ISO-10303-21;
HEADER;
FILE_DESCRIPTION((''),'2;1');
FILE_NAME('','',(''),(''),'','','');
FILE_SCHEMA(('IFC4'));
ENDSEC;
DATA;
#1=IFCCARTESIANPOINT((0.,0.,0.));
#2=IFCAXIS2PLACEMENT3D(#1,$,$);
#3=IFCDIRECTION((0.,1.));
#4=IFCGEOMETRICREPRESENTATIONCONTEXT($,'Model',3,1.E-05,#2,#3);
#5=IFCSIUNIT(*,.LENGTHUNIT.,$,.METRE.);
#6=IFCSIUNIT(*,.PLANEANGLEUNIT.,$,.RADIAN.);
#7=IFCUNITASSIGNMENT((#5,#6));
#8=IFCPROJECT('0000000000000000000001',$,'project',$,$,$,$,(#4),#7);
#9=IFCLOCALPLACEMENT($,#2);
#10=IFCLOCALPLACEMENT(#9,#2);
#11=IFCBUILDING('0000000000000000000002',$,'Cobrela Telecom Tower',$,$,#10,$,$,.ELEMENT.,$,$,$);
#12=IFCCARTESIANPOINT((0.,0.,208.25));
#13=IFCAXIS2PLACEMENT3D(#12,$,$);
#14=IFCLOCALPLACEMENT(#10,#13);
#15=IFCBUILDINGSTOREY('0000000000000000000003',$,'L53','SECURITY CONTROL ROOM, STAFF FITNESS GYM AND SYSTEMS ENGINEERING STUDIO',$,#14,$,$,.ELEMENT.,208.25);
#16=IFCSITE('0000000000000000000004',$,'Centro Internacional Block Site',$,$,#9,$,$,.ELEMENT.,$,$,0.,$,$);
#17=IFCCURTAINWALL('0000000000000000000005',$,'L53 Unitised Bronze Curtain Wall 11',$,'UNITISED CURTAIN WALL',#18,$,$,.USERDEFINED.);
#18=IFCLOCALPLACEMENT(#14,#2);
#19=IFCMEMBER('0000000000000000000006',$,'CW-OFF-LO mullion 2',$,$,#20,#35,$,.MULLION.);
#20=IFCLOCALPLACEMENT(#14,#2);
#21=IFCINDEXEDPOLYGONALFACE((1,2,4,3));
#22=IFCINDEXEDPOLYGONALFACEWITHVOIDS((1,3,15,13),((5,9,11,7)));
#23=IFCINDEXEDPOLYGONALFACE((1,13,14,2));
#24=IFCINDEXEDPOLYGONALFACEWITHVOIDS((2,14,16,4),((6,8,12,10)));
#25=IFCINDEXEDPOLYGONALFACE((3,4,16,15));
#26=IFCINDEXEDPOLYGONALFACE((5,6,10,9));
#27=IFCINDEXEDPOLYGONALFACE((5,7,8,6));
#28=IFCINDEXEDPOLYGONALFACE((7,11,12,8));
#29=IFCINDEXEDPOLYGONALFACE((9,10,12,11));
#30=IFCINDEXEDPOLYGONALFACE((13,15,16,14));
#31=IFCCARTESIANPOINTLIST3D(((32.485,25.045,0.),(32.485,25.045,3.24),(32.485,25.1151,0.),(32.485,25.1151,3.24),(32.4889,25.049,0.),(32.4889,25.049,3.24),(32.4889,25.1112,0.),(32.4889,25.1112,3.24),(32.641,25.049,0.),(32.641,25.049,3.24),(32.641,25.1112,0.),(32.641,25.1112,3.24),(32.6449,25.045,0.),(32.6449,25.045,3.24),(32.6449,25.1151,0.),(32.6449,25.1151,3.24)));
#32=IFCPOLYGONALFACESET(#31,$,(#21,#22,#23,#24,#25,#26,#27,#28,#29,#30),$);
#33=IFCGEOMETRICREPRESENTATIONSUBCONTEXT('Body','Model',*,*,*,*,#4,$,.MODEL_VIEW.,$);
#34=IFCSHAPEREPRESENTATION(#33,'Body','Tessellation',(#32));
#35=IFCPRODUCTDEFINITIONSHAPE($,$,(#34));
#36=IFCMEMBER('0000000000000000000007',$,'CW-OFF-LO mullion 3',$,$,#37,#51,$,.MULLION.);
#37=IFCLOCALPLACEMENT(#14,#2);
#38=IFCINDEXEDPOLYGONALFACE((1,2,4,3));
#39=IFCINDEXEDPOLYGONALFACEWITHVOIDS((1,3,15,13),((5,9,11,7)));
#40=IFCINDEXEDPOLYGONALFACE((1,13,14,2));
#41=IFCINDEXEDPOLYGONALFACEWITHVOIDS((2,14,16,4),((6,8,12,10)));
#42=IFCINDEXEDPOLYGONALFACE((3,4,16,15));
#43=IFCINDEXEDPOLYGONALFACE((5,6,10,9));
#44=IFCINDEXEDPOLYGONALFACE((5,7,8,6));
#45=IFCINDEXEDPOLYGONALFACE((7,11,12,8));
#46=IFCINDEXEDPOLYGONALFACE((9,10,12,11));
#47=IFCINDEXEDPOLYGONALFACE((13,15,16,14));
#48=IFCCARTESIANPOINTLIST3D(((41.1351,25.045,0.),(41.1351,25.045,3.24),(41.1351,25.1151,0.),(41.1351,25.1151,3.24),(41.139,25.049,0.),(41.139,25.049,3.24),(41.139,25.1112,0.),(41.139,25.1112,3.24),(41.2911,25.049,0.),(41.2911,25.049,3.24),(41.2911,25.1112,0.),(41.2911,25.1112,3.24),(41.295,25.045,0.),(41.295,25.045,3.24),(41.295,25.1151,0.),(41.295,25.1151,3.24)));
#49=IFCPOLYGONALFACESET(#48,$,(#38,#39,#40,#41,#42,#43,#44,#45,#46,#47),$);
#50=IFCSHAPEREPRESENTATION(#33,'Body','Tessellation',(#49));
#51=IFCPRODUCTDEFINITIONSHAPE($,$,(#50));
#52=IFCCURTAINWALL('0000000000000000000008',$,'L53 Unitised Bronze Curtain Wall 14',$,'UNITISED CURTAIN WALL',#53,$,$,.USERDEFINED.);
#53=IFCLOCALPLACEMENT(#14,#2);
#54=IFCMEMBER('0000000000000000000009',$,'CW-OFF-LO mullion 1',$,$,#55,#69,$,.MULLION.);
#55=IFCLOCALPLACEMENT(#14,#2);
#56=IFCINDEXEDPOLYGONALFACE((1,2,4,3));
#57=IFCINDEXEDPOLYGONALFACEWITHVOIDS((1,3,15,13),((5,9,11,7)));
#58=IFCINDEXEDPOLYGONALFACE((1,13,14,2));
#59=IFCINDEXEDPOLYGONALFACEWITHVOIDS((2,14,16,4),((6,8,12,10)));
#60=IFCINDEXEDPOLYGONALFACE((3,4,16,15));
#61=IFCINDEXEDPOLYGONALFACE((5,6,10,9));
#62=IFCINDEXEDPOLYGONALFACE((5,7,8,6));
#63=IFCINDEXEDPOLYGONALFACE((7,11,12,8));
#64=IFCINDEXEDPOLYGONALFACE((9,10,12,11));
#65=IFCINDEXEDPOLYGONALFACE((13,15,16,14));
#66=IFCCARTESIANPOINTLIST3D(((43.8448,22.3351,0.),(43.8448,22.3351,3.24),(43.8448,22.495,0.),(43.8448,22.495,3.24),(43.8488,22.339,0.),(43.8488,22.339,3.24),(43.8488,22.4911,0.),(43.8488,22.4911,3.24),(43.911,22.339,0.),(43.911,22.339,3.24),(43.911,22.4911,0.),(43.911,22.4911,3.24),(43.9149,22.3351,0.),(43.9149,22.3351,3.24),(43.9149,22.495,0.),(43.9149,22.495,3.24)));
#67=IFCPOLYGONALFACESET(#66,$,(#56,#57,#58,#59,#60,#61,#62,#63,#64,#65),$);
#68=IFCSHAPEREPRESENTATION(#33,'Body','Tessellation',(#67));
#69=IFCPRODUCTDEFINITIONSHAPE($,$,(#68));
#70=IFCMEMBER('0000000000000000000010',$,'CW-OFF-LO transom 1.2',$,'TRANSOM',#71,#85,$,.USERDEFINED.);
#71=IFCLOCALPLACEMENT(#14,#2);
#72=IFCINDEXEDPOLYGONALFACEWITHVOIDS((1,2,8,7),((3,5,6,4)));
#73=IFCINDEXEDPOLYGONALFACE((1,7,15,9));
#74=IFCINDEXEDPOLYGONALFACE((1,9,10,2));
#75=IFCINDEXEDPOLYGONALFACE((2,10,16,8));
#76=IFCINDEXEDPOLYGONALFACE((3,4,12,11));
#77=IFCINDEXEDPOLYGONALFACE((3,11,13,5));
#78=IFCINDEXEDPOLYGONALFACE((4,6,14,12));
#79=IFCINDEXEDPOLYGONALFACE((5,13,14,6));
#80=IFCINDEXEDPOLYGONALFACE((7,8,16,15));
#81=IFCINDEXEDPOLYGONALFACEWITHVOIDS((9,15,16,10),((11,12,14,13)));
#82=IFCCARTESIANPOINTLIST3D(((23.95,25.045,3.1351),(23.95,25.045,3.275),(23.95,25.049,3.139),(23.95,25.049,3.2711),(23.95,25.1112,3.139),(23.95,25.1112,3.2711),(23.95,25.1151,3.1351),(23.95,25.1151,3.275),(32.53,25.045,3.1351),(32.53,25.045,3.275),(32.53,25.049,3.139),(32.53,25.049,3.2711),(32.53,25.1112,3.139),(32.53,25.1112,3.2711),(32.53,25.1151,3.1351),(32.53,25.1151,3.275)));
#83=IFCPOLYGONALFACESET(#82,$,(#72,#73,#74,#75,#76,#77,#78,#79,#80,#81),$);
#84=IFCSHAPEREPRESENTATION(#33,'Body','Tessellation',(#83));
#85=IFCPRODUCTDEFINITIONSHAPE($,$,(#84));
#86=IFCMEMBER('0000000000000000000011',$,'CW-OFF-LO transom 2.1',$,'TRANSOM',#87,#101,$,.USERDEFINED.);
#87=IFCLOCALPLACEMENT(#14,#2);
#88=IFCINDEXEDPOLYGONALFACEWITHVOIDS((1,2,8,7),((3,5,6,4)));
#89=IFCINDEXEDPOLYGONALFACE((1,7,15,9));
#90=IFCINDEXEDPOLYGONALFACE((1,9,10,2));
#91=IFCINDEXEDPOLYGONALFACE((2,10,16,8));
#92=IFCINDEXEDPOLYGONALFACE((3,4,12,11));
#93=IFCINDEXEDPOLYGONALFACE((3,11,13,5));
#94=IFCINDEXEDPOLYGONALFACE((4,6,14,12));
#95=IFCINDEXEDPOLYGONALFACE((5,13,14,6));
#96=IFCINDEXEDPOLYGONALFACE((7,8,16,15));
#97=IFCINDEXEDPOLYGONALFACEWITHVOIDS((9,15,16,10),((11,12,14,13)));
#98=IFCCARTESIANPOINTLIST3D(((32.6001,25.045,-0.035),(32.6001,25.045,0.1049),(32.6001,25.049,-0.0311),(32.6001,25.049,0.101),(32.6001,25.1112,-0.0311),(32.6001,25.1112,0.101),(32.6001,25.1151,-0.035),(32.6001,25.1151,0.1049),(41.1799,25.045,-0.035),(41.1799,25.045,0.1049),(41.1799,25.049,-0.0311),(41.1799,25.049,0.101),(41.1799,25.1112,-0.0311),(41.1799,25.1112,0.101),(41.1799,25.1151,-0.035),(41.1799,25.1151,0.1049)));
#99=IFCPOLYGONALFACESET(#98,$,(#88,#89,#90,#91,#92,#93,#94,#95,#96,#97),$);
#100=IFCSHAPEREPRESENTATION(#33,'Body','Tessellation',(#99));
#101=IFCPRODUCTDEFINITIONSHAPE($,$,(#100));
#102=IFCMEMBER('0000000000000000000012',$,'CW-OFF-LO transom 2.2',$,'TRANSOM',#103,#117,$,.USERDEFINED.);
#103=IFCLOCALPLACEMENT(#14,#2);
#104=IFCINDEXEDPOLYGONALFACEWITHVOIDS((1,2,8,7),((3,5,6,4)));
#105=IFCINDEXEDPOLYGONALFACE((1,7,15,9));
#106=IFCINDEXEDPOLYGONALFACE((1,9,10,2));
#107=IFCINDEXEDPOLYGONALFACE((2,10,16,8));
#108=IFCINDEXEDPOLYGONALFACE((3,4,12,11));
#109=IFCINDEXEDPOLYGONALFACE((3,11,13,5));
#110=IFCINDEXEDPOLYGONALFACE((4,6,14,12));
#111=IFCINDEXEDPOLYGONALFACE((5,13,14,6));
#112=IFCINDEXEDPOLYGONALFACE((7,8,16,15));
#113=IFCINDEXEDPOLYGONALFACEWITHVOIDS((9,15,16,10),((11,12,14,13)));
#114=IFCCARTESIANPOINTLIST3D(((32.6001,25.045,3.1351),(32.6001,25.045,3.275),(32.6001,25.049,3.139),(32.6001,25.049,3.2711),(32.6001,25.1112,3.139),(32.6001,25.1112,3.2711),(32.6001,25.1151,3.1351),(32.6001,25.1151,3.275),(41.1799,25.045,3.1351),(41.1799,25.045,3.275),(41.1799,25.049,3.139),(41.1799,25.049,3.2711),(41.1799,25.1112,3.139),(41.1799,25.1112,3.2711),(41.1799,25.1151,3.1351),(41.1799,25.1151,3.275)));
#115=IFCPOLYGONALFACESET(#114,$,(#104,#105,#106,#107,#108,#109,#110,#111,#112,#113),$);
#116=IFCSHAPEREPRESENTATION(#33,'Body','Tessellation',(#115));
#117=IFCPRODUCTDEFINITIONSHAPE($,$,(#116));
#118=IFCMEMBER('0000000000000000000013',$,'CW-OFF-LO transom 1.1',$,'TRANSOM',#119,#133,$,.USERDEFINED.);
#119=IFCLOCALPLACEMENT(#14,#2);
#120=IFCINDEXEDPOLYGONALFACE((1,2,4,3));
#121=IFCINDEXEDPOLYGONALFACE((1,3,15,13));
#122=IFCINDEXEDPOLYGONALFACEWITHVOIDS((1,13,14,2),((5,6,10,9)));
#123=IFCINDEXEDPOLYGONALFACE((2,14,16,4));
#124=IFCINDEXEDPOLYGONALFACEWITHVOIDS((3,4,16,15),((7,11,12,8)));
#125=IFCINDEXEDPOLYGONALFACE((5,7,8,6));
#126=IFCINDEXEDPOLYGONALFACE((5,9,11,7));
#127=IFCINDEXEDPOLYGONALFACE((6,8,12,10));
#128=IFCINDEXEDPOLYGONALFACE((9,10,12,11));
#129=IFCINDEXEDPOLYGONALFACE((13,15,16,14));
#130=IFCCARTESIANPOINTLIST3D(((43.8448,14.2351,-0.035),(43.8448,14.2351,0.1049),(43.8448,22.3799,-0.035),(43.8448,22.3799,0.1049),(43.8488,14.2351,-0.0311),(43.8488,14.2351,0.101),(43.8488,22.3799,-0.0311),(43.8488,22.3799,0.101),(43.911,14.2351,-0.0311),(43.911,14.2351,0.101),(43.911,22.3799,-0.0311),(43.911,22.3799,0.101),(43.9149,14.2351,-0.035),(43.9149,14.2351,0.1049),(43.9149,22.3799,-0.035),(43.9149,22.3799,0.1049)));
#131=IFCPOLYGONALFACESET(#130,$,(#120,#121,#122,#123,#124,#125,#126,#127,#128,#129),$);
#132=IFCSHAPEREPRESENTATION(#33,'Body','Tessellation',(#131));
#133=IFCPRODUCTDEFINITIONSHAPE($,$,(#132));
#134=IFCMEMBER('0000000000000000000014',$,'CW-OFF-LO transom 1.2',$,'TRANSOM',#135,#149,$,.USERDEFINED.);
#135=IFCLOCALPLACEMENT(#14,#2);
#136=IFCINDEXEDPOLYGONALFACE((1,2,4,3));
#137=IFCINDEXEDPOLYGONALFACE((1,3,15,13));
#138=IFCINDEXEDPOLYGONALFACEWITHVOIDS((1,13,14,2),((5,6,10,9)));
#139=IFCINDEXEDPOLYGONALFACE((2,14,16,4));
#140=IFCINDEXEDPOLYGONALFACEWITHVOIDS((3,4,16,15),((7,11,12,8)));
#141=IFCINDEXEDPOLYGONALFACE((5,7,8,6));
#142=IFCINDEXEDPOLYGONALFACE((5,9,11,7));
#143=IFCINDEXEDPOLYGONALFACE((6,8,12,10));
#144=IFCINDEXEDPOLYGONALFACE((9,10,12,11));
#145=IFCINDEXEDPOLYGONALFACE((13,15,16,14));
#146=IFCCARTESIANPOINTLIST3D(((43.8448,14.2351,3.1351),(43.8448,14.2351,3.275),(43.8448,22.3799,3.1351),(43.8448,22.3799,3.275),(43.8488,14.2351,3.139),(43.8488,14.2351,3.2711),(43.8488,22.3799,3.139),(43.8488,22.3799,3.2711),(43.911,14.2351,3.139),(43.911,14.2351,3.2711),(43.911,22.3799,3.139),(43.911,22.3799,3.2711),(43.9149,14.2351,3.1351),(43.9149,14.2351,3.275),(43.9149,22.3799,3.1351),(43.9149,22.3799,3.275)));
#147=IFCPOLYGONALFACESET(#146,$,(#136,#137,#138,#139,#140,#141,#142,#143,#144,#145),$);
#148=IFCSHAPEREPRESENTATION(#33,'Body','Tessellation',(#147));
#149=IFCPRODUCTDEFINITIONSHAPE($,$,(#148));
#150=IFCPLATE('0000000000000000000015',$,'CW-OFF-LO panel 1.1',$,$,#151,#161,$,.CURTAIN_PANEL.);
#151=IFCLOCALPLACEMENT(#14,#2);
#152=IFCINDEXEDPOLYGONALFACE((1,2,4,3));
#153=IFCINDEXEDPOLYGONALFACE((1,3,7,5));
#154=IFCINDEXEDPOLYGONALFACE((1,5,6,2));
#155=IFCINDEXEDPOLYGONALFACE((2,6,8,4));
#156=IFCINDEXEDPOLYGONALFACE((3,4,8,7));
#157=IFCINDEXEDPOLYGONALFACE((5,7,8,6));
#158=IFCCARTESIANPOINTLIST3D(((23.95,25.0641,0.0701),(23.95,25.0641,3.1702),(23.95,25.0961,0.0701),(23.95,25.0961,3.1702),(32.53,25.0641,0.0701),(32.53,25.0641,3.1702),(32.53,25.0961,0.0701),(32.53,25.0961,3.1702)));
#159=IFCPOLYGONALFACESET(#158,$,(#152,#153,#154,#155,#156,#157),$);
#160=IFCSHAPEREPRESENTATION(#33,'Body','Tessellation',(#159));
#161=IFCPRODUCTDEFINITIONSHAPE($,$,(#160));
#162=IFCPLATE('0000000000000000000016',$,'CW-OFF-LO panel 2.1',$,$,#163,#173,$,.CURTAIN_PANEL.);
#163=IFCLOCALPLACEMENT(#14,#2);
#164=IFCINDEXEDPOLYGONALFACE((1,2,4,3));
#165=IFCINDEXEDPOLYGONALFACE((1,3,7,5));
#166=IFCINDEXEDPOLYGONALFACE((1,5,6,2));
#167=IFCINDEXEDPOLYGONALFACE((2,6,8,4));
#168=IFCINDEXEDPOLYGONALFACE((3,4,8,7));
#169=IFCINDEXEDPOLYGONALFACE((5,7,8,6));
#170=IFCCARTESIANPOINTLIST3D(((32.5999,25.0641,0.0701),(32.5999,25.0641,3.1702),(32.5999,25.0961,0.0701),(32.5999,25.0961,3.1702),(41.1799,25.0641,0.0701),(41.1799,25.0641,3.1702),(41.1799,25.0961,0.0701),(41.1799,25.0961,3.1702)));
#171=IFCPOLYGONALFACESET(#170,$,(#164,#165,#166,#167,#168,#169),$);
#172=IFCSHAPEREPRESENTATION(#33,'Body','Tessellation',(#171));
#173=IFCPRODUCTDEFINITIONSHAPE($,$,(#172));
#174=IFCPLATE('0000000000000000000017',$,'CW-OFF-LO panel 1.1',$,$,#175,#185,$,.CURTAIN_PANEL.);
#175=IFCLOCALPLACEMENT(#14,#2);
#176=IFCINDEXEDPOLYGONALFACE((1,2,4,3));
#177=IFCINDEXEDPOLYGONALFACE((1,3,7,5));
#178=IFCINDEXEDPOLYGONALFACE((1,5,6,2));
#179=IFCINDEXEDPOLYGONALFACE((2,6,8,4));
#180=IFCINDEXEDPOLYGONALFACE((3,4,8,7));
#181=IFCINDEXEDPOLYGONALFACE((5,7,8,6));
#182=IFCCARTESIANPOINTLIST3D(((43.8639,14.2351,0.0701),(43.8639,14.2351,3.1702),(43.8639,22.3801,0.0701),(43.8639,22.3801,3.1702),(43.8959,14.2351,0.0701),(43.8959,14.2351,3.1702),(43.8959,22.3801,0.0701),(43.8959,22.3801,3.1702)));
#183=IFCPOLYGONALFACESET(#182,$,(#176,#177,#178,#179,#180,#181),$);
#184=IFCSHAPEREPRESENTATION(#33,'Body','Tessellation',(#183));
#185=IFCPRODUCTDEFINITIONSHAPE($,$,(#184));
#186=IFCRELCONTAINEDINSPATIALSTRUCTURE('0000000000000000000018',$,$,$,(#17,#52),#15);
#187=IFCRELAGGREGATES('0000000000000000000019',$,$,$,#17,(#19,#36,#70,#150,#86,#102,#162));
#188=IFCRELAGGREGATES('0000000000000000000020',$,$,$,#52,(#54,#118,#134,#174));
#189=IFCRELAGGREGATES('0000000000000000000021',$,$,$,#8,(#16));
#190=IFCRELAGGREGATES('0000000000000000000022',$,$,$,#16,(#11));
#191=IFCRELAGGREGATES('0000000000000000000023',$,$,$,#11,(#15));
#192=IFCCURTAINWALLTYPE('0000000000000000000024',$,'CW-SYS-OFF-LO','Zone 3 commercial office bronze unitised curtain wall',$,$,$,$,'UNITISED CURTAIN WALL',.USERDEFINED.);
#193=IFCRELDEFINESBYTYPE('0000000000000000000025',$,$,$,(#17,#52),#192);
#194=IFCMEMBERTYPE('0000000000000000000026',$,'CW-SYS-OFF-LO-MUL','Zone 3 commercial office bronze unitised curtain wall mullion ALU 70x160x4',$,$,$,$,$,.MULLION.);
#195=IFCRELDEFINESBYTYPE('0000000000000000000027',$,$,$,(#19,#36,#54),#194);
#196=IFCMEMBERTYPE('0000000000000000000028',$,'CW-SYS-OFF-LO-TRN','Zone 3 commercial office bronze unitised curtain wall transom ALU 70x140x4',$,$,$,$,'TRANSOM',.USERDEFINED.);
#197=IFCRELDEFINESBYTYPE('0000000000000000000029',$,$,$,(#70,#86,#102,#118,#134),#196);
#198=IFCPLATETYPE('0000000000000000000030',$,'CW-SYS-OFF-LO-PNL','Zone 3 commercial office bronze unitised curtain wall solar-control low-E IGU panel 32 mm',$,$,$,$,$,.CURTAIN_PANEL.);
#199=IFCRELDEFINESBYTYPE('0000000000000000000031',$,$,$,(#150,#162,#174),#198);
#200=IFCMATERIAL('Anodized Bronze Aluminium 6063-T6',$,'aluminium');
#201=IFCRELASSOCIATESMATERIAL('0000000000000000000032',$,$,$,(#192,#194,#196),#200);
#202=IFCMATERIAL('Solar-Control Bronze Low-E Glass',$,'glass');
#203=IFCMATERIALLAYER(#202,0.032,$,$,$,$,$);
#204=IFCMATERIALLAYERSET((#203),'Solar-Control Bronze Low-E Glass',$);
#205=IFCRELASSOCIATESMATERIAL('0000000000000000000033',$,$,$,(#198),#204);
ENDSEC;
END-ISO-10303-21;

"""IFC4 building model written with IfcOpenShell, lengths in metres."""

from ifc_helpers import new_model, si_unit, direction, frame, origin, origin_2d, place, context, subcontext, project, spatial, rectangle, hollow_rectangle, extrude, material, layer, layer_set, material_profile, profile_set, type_object, element, aggregate, save


model = new_model("IFC4")

# Units and contexts
model_context = context("Model", 3, precision=1e-05, world=origin(), true_north=direction((0.0, 1.0)))
body_context = subcontext(model_context, "Body", "Model", "MODEL_VIEW")
ifc_project = project(units=[si_unit("LENGTHUNIT", "METRE"), si_unit("PLANEANGLEUNIT", "RADIAN")], contexts=[model_context])

# Site, building, storey
site_placement = place(None, origin())
site = spatial("IfcSite", under=ifc_project, at=site_placement, Name="Centro Internacional Block Site", CompositionType="ELEMENT", RefElevation=0.0)
building_placement = place(site_placement, origin())
building = spatial("IfcBuilding", under=site, at=building_placement, Name="Cobrela Telecom Tower", CompositionType="ELEMENT")
storey_placement = place(building_placement, frame((0.0, 0.0, 208.25)))
storey = spatial("IfcBuildingStorey", under=building, at=storey_placement, Name="L53", Description="SECURITY CONTROL ROOM, STAFF FITNESS GYM AND SYSTEMS ENGINEERING STUDIO", CompositionType="ELEMENT", Elevation=208.25)

# Curtain wall, members
ifc_material_1 = material(Name="Anodized Bronze Aluminium 6063-T6", Category="aluminium")
curtain_wall_type = type_object("IfcCurtainWallType", Name="CW-SYS-OFF-LO", Description="Zone 3 commercial office bronze unitised curtain wall", ElementType="UNITISED CURTAIN WALL", PredefinedType="USERDEFINED", material=ifc_material_1)
curtain_wall_1_placement = place(storey_placement, origin())
curtain_wall_1 = element("IfcCurtainWall", 1, at=curtain_wall_1_placement, inside=storey, type_object=curtain_wall_type, Name="L53 Unitised Bronze Curtain Wall 11", ObjectType="UNITISED CURTAIN WALL", PredefinedType="USERDEFINED")
ifc_material_profile_1 = material_profile(ifc_material_1, hollow_rectangle(XDim=0.0701, YDim=0.1599, WallThickness=0.0039, at=origin_2d()), Name="ALU 70x160x4")
ifc_profile_set_1 = profile_set([ifc_material_profile_1], Name="Anodized Bronze Aluminium 6063-T6")
member_type_1 = type_object("IfcMemberType", Name="CW-SYS-OFF-LO-MUL", Description="Zone 3 commercial office bronze unitised curtain wall mullion ALU 70x160x4", PredefinedType="MULLION", material=ifc_profile_set_1)
member_1_placement = place(storey_placement, frame((32.5649, 25.0801, 0.0), z_axis=(0.0, 0.0, 1.0), x_axis=(0.0, 1.0, 0.0)))
member_1 = element("IfcMember", 2, at=member_1_placement, type_object=member_type_1, Name="CW-OFF-LO mullion 2", PredefinedType="MULLION", context=body_context, shape_type="SweptSolid", body=[
    extrude(hollow_rectangle(XDim=0.0701, YDim=0.1599, WallThickness=0.0039, at=origin_2d()), origin(), (0.0, 0.0, 1.0), 3.24),
])
member_2_placement = place(storey_placement, frame((41.2151, 25.0801, 0.0), z_axis=(0.0, 0.0, 1.0), x_axis=(0.0, 1.0, 0.0)))
member_2 = element("IfcMember", 3, at=member_2_placement, type_object=member_type_1, Name="CW-OFF-LO mullion 3", PredefinedType="MULLION", context=body_context, shape_type="SweptSolid", body=[
    extrude(hollow_rectangle(XDim=0.0701, YDim=0.1599, WallThickness=0.0039, at=origin_2d()), origin(), (0.0, 0.0, 1.0), 3.24),
])

# Curtain wall, member
curtain_wall_2_placement = place(storey_placement, origin())
curtain_wall_2 = element("IfcCurtainWall", 4, at=curtain_wall_2_placement, inside=storey, type_object=curtain_wall_type, Name="L53 Unitised Bronze Curtain Wall 14", ObjectType="UNITISED CURTAIN WALL", PredefinedType="USERDEFINED")
member_3_placement = place(storey_placement, frame((43.8799, 22.415, 0.0), z_axis=(0.0, 0.0, 1.0), x_axis=(1.0, 0.0, 0.0)))
member_3 = element("IfcMember", 5, at=member_3_placement, type_object=member_type_1, Name="CW-OFF-LO mullion 1", PredefinedType="MULLION", context=body_context, shape_type="SweptSolid", body=[
    extrude(hollow_rectangle(XDim=0.0701, YDim=0.1599, WallThickness=0.0039, at=origin_2d()), origin(), (0.0, 0.0, 1.0), 3.24),
])

# Members
ifc_material_profile_2 = material_profile(ifc_material_1, hollow_rectangle(XDim=0.0701, YDim=0.1399, WallThickness=0.0039, at=origin_2d()), Name="ALU 70x140x4")
ifc_profile_set_2 = profile_set([ifc_material_profile_2], Name="Anodized Bronze Aluminium 6063-T6")
member_type_2 = type_object("IfcMemberType", Name="CW-SYS-OFF-LO-TRN", Description="Zone 3 commercial office bronze unitised curtain wall transom ALU 70x140x4", ElementType="TRANSOM", PredefinedType="USERDEFINED", material=ifc_profile_set_2)
member_4_placement = place(storey_placement, frame((23.95, 25.0801, 3.2051), z_axis=(1.0, 0.0, 0.0), x_axis=(0.0, 1.0, 0.0)))
member_4 = element("IfcMember", 6, at=member_4_placement, type_object=member_type_2, Name="CW-OFF-LO transom 1.2", ObjectType="TRANSOM", PredefinedType="USERDEFINED", context=body_context, shape_type="SweptSolid", body=[
    extrude(hollow_rectangle(XDim=0.0701, YDim=0.1399, WallThickness=0.0039, at=origin_2d()), origin(), (0.0, 0.0, 1.0), 8.5801),
])
member_5_placement = place(storey_placement, frame((32.6001, 25.0801, 0.0349), z_axis=(1.0, 0.0, 0.0), x_axis=(0.0, 1.0, 0.0)))
member_5 = element("IfcMember", 7, at=member_5_placement, type_object=member_type_2, Name="CW-OFF-LO transom 2.1", ObjectType="TRANSOM", PredefinedType="USERDEFINED", context=body_context, shape_type="SweptSolid", body=[
    extrude(hollow_rectangle(XDim=0.0701, YDim=0.1399, WallThickness=0.0039, at=origin_2d()), origin(), (0.0, 0.0, 1.0), 8.5798),
])
member_6_placement = place(storey_placement, frame((32.6001, 25.0801, 3.2051), z_axis=(1.0, 0.0, 0.0), x_axis=(0.0, 1.0, 0.0)))
member_6 = element("IfcMember", 8, at=member_6_placement, type_object=member_type_2, Name="CW-OFF-LO transom 2.2", ObjectType="TRANSOM", PredefinedType="USERDEFINED", context=body_context, shape_type="SweptSolid", body=[
    extrude(hollow_rectangle(XDim=0.0701, YDim=0.1399, WallThickness=0.0039, at=origin_2d()), origin(), (0.0, 0.0, 1.0), 8.5798),
])
member_7_placement = place(storey_placement, frame((43.8799, 22.3799, 0.0349), z_axis=(0.0, -1.0, 0.0), x_axis=(1.0, 0.0, 0.0)))
member_7 = element("IfcMember", 9, at=member_7_placement, type_object=member_type_2, Name="CW-OFF-LO transom 1.1", ObjectType="TRANSOM", PredefinedType="USERDEFINED", context=body_context, shape_type="SweptSolid", body=[
    extrude(hollow_rectangle(XDim=0.0701, YDim=0.1399, WallThickness=0.0039, at=origin_2d()), origin(), (0.0, 0.0, 1.0), 8.1448),
])
member_8_placement = place(storey_placement, frame((43.8799, 22.3799, 3.2051), z_axis=(0.0, -1.0, 0.0), x_axis=(1.0, 0.0, 0.0)))
member_8 = element("IfcMember", 10, at=member_8_placement, type_object=member_type_2, Name="CW-OFF-LO transom 1.2", ObjectType="TRANSOM", PredefinedType="USERDEFINED", context=body_context, shape_type="SweptSolid", body=[
    extrude(hollow_rectangle(XDim=0.0701, YDim=0.1399, WallThickness=0.0039, at=origin_2d()), origin(), (0.0, 0.0, 1.0), 8.1448),
])

# Plates
ifc_material_2 = material(Name="Solar-Control Bronze Low-E Glass", Category="glass")
ifc_layer_1 = layer(ifc_material_2, 0.032)
ifc_layer_set_1 = layer_set([ifc_layer_1], Name="Solar-Control Bronze Low-E Glass")
plate_type = type_object("IfcPlateType", Name="CW-SYS-OFF-LO-PNL", Description="Zone 3 commercial office bronze unitised curtain wall solar-control low-E IGU panel 32 mm", PredefinedType="CURTAIN_PANEL", material=ifc_layer_set_1)
plate_1_placement = place(storey_placement, frame((28.24, 25.0801, 0.0701), z_axis=(0.0, 0.0, 1.0), x_axis=(1.0, 0.0, 0.0)))
plate_1 = element("IfcPlate", 11, at=plate_1_placement, type_object=plate_type, Name="CW-OFF-LO panel 1.1", PredefinedType="CURTAIN_PANEL", context=body_context, shape_type="SweptSolid", body=[
    extrude(rectangle(XDim=8.5801, YDim=0.032, at=origin_2d()), origin(), (0.0, 0.0, 1.0), 3.1001),
])
plate_2_placement = place(storey_placement, frame((36.8899, 25.0801, 0.0701), z_axis=(0.0, 0.0, 1.0), x_axis=(1.0, 0.0, 0.0)))
plate_2 = element("IfcPlate", 12, at=plate_2_placement, type_object=plate_type, Name="CW-OFF-LO panel 2.1", PredefinedType="CURTAIN_PANEL", context=body_context, shape_type="SweptSolid", body=[
    extrude(rectangle(XDim=8.5801, YDim=0.032, at=origin_2d()), origin(), (0.0, 0.0, 1.0), 3.1001),
])
aggregate(curtain_wall_1, [member_1, member_2, member_4, plate_1, member_5, member_6, plate_2])
plate_3_placement = place(storey_placement, frame((43.8799, 18.3076, 0.0701), z_axis=(0.0, 0.0, 1.0), x_axis=(0.0, -1.0, 0.0)))
plate_3 = element("IfcPlate", 13, at=plate_3_placement, type_object=plate_type, Name="CW-OFF-LO panel 1.1", PredefinedType="CURTAIN_PANEL", context=body_context, shape_type="SweptSolid", body=[
    extrude(rectangle(XDim=8.145, YDim=0.032, at=origin_2d()), origin(), (0.0, 0.0, 1.0), 3.1001),
])
aggregate(curtain_wall_2, [member_3, member_7, member_8, plate_3])

save(model, "model.ifc")
